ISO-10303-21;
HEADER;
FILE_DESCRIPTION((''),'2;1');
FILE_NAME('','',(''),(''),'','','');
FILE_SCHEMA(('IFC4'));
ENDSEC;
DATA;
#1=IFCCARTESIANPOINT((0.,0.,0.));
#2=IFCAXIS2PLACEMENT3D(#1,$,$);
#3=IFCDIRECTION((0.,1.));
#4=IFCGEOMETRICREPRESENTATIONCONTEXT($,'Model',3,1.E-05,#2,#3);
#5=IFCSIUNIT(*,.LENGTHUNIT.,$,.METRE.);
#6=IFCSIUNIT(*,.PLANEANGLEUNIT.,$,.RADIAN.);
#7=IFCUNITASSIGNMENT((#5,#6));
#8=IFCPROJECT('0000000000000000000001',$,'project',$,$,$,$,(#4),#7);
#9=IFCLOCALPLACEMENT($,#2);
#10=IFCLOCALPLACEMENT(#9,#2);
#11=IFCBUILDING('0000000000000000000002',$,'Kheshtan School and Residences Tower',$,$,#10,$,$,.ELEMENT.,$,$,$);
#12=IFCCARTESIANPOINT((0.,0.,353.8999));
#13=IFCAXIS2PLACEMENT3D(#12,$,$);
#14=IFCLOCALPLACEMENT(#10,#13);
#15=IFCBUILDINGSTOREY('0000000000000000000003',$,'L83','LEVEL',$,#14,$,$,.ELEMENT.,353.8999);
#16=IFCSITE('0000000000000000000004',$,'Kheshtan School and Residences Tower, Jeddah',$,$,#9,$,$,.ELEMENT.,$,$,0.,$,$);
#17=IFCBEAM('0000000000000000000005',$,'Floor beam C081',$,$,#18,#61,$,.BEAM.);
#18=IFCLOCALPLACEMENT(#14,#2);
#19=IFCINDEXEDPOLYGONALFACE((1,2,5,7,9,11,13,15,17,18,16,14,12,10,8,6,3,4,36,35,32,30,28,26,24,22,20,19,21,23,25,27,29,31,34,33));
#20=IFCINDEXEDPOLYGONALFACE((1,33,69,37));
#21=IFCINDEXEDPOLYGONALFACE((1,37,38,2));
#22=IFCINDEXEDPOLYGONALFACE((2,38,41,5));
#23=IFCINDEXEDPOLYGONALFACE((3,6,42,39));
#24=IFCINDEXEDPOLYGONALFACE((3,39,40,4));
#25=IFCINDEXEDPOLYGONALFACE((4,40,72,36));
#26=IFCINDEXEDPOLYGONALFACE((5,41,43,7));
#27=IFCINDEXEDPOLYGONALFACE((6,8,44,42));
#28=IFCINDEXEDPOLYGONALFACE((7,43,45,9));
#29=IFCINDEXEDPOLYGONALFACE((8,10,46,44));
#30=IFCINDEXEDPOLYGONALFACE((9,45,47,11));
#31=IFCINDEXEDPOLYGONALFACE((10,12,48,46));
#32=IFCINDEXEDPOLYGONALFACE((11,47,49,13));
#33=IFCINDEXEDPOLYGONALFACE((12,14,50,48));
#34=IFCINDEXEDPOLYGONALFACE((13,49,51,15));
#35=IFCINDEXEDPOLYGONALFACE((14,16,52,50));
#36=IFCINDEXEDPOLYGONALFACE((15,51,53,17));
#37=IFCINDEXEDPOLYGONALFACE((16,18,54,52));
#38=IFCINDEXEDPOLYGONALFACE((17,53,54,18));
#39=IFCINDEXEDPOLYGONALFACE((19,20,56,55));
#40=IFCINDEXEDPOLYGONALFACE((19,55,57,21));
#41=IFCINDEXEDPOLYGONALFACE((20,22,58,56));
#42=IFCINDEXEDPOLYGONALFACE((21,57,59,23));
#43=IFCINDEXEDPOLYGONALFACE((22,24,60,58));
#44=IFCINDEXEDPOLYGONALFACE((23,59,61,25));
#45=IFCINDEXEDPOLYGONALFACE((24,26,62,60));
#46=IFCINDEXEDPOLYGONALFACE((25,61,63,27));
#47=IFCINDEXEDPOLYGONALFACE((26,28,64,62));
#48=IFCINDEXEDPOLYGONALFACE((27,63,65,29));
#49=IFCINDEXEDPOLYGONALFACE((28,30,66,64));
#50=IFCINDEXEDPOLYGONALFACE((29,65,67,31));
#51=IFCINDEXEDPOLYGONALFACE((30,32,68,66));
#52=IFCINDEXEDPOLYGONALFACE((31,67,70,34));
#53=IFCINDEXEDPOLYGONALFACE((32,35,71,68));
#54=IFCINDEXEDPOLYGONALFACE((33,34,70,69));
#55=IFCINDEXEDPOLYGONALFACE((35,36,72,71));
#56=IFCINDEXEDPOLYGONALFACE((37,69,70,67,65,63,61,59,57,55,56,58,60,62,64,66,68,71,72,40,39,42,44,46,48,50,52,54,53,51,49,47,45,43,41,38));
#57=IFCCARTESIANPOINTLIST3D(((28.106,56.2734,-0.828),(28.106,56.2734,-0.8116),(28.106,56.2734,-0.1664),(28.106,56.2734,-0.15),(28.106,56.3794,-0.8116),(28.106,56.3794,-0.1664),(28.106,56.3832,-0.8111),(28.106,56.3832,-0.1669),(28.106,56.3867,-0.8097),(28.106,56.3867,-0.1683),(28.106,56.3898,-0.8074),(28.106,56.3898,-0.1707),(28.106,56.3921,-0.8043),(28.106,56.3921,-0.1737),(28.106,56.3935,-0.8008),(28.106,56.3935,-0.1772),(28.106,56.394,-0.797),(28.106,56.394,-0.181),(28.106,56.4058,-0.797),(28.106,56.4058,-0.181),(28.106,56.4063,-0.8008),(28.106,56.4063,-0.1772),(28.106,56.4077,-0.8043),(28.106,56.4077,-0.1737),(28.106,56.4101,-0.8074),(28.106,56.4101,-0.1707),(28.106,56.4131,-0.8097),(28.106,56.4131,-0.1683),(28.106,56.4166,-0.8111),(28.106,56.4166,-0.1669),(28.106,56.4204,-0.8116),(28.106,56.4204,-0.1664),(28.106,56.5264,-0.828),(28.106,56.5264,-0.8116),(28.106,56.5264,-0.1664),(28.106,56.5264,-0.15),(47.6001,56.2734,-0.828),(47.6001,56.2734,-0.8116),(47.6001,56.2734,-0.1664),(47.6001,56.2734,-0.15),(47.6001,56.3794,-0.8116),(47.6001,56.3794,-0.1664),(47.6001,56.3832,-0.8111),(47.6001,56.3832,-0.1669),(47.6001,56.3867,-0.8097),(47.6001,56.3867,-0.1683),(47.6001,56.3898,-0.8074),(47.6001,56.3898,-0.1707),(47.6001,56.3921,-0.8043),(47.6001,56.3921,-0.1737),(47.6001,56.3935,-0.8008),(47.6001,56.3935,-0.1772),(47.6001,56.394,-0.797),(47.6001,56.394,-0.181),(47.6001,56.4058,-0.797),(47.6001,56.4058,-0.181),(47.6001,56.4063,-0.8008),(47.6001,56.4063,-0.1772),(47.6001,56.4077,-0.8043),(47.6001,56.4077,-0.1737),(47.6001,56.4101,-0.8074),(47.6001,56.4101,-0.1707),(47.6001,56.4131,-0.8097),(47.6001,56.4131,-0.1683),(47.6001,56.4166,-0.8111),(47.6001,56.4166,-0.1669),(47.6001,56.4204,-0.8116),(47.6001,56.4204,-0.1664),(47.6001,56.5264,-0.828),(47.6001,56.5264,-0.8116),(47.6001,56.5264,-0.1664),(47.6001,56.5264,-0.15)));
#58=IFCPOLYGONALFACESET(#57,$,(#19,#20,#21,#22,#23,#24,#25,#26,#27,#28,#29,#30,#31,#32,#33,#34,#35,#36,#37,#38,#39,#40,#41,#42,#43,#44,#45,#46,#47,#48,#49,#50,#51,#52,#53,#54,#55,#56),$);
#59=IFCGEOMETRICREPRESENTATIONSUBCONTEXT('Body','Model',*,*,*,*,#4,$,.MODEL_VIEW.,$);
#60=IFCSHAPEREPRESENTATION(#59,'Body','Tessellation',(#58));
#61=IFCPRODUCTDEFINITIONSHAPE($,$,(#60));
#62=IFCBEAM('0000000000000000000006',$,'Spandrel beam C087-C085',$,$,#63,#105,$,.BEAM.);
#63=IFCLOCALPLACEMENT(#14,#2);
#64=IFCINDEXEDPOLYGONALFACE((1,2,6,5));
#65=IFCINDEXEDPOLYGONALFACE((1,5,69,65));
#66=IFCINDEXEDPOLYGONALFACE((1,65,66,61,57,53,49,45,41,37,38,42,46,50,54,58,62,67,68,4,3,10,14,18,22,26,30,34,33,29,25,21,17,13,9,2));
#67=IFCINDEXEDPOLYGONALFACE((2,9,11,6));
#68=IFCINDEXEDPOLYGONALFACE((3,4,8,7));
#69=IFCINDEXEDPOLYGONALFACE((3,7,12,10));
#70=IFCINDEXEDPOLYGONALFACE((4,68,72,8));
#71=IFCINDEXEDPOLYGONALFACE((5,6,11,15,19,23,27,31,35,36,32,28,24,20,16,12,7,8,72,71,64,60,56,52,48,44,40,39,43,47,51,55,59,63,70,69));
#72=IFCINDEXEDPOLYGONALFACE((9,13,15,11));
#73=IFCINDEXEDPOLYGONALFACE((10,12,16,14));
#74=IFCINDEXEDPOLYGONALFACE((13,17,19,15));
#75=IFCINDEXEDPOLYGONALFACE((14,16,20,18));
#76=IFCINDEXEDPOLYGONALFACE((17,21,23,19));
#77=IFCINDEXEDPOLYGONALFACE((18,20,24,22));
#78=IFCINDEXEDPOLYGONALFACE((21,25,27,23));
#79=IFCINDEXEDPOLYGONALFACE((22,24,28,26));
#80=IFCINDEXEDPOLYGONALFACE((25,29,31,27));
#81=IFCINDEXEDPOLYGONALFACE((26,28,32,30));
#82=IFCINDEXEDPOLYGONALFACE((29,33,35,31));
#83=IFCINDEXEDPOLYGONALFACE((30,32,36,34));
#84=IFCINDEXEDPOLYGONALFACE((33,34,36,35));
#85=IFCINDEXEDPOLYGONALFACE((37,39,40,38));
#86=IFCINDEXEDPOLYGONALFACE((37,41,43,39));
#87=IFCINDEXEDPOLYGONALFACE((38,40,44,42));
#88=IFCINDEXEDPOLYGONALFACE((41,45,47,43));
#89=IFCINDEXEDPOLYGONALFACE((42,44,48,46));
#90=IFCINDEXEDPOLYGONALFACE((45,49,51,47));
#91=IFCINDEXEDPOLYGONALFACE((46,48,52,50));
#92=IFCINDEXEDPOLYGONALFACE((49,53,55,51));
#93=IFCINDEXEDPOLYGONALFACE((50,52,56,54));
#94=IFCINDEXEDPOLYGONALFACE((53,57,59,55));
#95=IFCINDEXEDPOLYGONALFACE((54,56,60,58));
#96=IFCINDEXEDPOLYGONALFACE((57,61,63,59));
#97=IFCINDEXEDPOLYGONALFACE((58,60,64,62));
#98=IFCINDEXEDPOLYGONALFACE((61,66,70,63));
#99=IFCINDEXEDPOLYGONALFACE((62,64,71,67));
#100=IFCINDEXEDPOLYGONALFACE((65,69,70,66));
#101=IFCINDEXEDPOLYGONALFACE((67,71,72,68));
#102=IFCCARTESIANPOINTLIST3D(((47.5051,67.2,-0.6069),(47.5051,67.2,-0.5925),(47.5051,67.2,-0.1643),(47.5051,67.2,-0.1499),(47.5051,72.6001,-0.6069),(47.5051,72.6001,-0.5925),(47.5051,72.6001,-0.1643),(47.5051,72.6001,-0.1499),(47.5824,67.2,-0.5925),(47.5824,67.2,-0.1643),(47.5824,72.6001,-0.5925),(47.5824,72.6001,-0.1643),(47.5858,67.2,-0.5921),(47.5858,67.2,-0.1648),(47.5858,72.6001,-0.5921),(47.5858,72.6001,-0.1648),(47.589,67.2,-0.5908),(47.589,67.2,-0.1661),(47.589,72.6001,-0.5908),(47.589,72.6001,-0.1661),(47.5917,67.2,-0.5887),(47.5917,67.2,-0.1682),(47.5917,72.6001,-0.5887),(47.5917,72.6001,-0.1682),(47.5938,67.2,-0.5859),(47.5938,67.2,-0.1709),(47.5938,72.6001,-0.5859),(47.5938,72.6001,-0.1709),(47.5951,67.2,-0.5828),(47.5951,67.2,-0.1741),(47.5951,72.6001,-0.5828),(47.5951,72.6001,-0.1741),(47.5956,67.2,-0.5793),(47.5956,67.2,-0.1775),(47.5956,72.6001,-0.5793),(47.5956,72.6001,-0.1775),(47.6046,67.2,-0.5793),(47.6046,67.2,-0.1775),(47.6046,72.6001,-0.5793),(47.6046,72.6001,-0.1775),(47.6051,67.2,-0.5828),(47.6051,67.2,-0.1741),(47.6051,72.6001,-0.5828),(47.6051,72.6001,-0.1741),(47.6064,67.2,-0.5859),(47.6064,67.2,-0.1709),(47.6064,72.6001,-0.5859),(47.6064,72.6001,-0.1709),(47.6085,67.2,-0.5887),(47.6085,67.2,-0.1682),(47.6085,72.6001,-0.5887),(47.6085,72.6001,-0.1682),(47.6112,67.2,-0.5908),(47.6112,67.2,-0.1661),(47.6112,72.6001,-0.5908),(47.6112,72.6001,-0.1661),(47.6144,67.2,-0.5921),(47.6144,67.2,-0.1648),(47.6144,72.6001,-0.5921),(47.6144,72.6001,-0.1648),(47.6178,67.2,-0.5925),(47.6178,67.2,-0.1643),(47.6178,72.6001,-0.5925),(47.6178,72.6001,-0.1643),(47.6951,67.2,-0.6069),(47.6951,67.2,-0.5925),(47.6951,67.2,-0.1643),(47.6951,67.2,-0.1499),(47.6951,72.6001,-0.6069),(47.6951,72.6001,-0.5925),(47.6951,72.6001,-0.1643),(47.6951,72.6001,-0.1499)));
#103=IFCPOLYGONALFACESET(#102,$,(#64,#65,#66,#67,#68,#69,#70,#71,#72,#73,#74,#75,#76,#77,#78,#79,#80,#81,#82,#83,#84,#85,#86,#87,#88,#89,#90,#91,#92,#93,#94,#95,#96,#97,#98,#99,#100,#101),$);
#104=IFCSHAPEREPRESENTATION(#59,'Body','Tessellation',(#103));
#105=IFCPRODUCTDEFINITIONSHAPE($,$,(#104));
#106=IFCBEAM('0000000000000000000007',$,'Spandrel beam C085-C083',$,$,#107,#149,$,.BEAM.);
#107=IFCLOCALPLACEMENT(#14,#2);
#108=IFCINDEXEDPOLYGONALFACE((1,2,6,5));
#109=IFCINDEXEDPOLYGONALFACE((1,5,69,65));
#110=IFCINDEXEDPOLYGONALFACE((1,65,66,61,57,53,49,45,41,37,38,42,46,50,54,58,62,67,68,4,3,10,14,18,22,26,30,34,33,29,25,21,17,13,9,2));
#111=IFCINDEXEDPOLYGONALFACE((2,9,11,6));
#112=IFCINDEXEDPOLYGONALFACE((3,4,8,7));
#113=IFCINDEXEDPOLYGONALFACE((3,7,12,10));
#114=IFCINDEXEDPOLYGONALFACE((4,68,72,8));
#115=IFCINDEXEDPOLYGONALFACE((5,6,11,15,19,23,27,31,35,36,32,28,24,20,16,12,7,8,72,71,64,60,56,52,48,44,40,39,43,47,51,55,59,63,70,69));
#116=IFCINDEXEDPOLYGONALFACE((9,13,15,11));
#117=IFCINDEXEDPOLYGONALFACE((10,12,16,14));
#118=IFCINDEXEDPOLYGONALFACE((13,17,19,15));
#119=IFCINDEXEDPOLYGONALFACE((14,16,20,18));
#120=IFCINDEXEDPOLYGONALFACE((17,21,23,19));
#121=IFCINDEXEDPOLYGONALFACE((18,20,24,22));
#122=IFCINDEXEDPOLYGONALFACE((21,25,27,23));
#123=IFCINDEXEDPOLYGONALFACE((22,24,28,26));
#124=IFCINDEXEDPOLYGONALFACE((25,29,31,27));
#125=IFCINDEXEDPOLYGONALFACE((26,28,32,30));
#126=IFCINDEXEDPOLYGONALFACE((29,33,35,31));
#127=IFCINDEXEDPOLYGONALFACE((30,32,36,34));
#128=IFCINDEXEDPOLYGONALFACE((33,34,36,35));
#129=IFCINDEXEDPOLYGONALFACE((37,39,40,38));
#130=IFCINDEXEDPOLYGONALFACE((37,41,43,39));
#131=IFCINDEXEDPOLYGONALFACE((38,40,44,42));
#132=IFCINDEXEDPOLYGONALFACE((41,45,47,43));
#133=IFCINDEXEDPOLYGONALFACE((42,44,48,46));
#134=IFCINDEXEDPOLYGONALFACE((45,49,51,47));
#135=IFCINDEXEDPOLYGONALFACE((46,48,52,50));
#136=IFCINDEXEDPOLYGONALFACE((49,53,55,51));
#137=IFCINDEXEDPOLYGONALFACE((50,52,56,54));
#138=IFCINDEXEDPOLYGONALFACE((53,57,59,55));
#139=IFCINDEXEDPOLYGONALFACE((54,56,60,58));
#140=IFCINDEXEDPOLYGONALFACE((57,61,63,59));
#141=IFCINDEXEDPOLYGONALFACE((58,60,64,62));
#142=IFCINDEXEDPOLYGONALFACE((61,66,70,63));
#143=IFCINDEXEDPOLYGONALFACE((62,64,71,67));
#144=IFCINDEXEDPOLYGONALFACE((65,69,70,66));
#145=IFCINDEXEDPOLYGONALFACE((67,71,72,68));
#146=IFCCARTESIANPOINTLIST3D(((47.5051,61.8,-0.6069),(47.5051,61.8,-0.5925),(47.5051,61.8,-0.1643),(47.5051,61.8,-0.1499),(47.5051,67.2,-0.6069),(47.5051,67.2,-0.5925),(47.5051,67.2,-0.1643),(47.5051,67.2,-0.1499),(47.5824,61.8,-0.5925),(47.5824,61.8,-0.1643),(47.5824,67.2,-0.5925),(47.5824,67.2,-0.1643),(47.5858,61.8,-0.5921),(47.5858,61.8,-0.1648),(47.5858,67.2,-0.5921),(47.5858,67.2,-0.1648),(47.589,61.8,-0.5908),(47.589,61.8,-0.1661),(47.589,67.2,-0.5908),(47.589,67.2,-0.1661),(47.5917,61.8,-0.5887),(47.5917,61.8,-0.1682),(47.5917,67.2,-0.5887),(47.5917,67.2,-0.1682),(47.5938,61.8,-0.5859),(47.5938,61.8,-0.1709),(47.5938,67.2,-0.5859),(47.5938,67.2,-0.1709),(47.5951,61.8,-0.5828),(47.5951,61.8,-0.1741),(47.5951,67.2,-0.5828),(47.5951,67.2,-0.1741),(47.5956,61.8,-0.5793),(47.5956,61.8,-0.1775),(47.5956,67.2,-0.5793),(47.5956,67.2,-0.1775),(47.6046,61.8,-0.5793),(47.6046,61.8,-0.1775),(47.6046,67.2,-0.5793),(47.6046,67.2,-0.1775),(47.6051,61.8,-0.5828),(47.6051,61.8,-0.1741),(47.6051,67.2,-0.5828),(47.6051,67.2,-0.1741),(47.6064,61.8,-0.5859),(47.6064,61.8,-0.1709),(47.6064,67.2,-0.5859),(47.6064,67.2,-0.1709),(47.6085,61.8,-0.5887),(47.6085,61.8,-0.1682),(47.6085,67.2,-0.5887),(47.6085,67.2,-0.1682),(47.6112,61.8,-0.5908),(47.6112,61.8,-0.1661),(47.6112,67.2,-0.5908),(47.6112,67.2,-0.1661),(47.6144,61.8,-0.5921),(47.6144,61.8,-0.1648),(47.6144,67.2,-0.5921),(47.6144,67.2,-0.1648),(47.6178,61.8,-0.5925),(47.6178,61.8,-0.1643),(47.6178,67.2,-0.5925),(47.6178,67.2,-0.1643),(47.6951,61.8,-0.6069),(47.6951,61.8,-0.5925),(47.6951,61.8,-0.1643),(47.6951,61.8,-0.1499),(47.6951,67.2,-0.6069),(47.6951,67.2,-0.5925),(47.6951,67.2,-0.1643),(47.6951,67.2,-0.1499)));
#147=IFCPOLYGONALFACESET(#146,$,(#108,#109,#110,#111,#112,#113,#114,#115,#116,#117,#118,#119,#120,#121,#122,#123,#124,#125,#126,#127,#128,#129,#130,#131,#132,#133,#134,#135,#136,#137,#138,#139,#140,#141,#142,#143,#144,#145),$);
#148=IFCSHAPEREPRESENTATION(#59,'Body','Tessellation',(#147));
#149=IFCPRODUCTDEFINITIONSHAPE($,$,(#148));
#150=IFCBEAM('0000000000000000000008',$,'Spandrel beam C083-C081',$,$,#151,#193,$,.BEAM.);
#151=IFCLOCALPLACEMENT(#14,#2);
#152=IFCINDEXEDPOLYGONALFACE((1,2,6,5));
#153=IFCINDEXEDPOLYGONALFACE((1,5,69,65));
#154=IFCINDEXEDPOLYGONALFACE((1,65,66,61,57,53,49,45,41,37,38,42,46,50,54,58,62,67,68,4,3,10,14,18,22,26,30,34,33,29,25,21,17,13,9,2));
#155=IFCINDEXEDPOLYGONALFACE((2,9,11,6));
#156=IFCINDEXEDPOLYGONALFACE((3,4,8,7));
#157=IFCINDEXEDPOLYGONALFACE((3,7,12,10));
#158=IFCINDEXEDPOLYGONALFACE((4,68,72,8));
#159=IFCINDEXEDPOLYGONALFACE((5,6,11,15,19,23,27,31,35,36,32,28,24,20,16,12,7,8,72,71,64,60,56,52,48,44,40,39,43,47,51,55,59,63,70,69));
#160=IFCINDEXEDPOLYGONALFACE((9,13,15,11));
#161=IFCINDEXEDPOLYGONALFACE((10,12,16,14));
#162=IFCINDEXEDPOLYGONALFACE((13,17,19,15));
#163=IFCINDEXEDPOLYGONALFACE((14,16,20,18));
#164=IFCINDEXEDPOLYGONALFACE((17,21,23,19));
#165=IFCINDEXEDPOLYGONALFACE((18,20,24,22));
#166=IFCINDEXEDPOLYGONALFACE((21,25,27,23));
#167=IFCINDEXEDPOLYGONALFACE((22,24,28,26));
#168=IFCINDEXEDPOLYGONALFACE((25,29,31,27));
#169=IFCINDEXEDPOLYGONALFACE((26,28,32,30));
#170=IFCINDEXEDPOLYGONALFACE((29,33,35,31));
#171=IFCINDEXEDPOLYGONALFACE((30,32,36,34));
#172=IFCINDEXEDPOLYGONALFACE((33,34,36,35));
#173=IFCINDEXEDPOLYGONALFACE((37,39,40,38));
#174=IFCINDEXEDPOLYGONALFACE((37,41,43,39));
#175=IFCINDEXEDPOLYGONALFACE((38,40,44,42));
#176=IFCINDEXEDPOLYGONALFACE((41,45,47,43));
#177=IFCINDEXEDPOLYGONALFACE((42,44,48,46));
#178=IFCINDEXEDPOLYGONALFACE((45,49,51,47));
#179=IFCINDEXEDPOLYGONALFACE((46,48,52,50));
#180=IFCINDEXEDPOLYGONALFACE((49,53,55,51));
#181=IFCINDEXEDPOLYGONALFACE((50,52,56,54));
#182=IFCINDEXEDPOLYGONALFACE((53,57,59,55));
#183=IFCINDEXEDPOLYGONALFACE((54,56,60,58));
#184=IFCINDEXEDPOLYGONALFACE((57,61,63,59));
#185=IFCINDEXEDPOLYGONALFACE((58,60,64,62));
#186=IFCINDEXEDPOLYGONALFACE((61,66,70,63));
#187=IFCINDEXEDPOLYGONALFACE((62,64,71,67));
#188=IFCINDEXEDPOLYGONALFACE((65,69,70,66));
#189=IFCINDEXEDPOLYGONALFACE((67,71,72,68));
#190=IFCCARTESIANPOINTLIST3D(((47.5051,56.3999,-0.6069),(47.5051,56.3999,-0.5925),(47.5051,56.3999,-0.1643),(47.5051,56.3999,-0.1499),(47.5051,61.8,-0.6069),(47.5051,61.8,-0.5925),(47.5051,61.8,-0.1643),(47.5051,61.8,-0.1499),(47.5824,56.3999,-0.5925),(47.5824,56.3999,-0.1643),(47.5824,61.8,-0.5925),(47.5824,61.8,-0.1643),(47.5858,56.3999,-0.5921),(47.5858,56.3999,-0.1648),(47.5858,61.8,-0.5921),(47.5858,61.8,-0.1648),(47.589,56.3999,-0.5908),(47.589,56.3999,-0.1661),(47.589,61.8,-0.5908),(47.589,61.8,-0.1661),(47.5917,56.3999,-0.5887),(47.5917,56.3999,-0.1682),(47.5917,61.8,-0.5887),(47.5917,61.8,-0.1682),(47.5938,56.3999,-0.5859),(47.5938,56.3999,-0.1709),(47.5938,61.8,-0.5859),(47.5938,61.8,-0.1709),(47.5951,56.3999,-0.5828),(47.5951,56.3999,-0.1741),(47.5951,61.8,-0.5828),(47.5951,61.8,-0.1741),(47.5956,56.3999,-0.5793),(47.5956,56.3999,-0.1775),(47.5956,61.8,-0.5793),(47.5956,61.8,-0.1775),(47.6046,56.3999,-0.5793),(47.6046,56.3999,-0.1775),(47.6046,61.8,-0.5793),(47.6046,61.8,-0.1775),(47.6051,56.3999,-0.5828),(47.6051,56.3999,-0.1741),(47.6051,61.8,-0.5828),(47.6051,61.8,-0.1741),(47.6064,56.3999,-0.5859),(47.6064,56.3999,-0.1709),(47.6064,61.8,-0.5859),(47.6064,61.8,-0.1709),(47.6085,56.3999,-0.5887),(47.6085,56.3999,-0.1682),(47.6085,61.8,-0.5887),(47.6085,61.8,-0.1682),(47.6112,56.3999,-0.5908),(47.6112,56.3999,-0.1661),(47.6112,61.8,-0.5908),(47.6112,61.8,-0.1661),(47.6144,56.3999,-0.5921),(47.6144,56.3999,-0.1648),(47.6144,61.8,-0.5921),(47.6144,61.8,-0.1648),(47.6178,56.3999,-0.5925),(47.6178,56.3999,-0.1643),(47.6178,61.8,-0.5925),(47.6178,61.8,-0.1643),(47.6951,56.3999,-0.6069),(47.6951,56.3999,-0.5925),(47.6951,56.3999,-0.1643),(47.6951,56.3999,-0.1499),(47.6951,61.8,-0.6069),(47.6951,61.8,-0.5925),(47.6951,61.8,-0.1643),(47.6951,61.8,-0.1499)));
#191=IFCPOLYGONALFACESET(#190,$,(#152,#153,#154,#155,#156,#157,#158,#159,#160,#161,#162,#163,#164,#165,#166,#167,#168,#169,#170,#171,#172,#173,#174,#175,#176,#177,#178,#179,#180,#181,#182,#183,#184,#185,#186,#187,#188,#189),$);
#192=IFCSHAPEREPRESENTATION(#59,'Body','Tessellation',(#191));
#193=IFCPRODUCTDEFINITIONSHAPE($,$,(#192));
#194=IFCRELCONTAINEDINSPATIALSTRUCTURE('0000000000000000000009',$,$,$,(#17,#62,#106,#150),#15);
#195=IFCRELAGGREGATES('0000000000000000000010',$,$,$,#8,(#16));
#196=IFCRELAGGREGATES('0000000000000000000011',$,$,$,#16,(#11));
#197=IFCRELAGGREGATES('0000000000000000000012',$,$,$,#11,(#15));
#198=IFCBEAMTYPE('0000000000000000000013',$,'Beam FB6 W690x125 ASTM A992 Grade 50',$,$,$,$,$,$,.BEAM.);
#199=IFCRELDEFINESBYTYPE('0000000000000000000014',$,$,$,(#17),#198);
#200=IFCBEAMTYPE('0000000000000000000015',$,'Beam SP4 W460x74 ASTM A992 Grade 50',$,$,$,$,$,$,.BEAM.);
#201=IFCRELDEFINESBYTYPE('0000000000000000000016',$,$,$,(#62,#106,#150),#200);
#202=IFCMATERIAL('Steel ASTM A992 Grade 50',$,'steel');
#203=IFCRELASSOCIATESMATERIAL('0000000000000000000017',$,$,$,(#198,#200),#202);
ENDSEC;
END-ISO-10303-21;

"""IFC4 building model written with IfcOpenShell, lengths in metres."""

from ifc_helpers import new_model, si_unit, direction, frame, origin, origin_2d, place, context, subcontext, project, spatial, i_section, extrude, material, material_profile, profile_set, type_object, element, save


model = new_model("IFC4")

# Units and contexts
model_context = context("Model", 3, precision=1e-05, world=origin(), true_north=direction((0.0, 1.0)))
body_context = subcontext(model_context, "Body", "Model", "MODEL_VIEW")
ifc_project = project(units=[si_unit("LENGTHUNIT", "METRE"), si_unit("PLANEANGLEUNIT", "RADIAN")], contexts=[model_context])

# Site, building, storey
site_placement = place(None, origin())
site = spatial("IfcSite", under=ifc_project, at=site_placement, Name="Kheshtan School and Residences Tower, Jeddah", CompositionType="ELEMENT", RefElevation=0.0)
building_placement = place(site_placement, origin())
building = spatial("IfcBuilding", under=site, at=building_placement, Name="Kheshtan School and Residences Tower", CompositionType="ELEMENT")
storey_placement = place(building_placement, frame((0.0, 0.0, 353.8999)))
storey = spatial("IfcBuildingStorey", under=building, at=storey_placement, Name="L83", Description="LEVEL", CompositionType="ELEMENT", Elevation=353.8999)

# Shared definitions
ifc_material_1 = material(Name="Steel ASTM A992 Grade 50", Category="steel")

# Beams
ifc_material_profile_1 = material_profile(ifc_material_1, i_section(OverallWidth=0.2529, OverallDepth=0.678, WebThickness=0.0117, FlangeThickness=0.0164, FilletRadius=0.0146, at=origin_2d()), Name="W690x125")
ifc_profile_set_1 = profile_set([ifc_material_profile_1], Name="Steel ASTM A992 Grade 50")
beam_type_1 = type_object("IfcBeamType", Name="Beam FB6 W690x125 ASTM A992 Grade 50", PredefinedType="BEAM", material=ifc_profile_set_1)
beam_1_placement = place(storey_placement, frame((47.6001, 56.3999, -0.489), z_axis=(-1.0, 0.0, 0.0), x_axis=(0.0, -1.0, 0.0)))
element("IfcBeam", 1, at=beam_1_placement, inside=storey, type_object=beam_type_1, Name="Floor beam C081", PredefinedType="BEAM", context=body_context, shape_type="SweptSolid", body=[
    extrude(i_section(OverallWidth=0.2529, OverallDepth=0.678, WebThickness=0.0117, FlangeThickness=0.0164, FilletRadius=0.0146, at=origin_2d()), origin(), (0.0, 0.0, 1.0), 19.4941),
])
ifc_material_profile_2 = material_profile(ifc_material_1, i_section(OverallWidth=0.1899, OverallDepth=0.457, WebThickness=0.009, FlangeThickness=0.0144, FilletRadius=0.0132, at=origin_2d()), Name="W460x74")
ifc_profile_set_2 = profile_set([ifc_material_profile_2], Name="Steel ASTM A992 Grade 50")
beam_type_2 = type_object("IfcBeamType", Name="Beam SP4 W460x74 ASTM A992 Grade 50", PredefinedType="BEAM", material=ifc_profile_set_2)
beam_2_placement = place(storey_placement, frame((47.6001, 72.6001, -0.3784), z_axis=(0.0, -1.0, 0.0), x_axis=(1.0, 0.0, 0.0)))
element("IfcBeam", 2, at=beam_2_placement, inside=storey, type_object=beam_type_2, Name="Spandrel beam C087-C085", PredefinedType="BEAM", context=body_context, shape_type="SweptSolid", body=[
    extrude(i_section(OverallWidth=0.1899, OverallDepth=0.457, WebThickness=0.009, FlangeThickness=0.0144, FilletRadius=0.0132, at=origin_2d()), origin(), (0.0, 0.0, 1.0), 5.4001),
])
beam_3_placement = place(storey_placement, frame((47.6001, 67.2, -0.3784), z_axis=(0.0, -1.0, 0.0), x_axis=(1.0, 0.0, 0.0)))
element("IfcBeam", 3, at=beam_3_placement, inside=storey, type_object=beam_type_2, Name="Spandrel beam C085-C083", PredefinedType="BEAM", context=body_context, shape_type="SweptSolid", body=[
    extrude(i_section(OverallWidth=0.1899, OverallDepth=0.457, WebThickness=0.009, FlangeThickness=0.0144, FilletRadius=0.0132, at=origin_2d()), origin(), (0.0, 0.0, 1.0), 5.3999),
])
beam_4_placement = place(storey_placement, frame((47.6001, 61.8, -0.3784), z_axis=(0.0, -1.0, 0.0), x_axis=(1.0, 0.0, 0.0)))
element("IfcBeam", 4, at=beam_4_placement, inside=storey, type_object=beam_type_2, Name="Spandrel beam C083-C081", PredefinedType="BEAM", context=body_context, shape_type="SweptSolid", body=[
    extrude(i_section(OverallWidth=0.1899, OverallDepth=0.457, WebThickness=0.009, FlangeThickness=0.0144, FilletRadius=0.0132, at=origin_2d()), origin(), (0.0, 0.0, 1.0), 5.4001),
])

save(model, "model.ifc")
